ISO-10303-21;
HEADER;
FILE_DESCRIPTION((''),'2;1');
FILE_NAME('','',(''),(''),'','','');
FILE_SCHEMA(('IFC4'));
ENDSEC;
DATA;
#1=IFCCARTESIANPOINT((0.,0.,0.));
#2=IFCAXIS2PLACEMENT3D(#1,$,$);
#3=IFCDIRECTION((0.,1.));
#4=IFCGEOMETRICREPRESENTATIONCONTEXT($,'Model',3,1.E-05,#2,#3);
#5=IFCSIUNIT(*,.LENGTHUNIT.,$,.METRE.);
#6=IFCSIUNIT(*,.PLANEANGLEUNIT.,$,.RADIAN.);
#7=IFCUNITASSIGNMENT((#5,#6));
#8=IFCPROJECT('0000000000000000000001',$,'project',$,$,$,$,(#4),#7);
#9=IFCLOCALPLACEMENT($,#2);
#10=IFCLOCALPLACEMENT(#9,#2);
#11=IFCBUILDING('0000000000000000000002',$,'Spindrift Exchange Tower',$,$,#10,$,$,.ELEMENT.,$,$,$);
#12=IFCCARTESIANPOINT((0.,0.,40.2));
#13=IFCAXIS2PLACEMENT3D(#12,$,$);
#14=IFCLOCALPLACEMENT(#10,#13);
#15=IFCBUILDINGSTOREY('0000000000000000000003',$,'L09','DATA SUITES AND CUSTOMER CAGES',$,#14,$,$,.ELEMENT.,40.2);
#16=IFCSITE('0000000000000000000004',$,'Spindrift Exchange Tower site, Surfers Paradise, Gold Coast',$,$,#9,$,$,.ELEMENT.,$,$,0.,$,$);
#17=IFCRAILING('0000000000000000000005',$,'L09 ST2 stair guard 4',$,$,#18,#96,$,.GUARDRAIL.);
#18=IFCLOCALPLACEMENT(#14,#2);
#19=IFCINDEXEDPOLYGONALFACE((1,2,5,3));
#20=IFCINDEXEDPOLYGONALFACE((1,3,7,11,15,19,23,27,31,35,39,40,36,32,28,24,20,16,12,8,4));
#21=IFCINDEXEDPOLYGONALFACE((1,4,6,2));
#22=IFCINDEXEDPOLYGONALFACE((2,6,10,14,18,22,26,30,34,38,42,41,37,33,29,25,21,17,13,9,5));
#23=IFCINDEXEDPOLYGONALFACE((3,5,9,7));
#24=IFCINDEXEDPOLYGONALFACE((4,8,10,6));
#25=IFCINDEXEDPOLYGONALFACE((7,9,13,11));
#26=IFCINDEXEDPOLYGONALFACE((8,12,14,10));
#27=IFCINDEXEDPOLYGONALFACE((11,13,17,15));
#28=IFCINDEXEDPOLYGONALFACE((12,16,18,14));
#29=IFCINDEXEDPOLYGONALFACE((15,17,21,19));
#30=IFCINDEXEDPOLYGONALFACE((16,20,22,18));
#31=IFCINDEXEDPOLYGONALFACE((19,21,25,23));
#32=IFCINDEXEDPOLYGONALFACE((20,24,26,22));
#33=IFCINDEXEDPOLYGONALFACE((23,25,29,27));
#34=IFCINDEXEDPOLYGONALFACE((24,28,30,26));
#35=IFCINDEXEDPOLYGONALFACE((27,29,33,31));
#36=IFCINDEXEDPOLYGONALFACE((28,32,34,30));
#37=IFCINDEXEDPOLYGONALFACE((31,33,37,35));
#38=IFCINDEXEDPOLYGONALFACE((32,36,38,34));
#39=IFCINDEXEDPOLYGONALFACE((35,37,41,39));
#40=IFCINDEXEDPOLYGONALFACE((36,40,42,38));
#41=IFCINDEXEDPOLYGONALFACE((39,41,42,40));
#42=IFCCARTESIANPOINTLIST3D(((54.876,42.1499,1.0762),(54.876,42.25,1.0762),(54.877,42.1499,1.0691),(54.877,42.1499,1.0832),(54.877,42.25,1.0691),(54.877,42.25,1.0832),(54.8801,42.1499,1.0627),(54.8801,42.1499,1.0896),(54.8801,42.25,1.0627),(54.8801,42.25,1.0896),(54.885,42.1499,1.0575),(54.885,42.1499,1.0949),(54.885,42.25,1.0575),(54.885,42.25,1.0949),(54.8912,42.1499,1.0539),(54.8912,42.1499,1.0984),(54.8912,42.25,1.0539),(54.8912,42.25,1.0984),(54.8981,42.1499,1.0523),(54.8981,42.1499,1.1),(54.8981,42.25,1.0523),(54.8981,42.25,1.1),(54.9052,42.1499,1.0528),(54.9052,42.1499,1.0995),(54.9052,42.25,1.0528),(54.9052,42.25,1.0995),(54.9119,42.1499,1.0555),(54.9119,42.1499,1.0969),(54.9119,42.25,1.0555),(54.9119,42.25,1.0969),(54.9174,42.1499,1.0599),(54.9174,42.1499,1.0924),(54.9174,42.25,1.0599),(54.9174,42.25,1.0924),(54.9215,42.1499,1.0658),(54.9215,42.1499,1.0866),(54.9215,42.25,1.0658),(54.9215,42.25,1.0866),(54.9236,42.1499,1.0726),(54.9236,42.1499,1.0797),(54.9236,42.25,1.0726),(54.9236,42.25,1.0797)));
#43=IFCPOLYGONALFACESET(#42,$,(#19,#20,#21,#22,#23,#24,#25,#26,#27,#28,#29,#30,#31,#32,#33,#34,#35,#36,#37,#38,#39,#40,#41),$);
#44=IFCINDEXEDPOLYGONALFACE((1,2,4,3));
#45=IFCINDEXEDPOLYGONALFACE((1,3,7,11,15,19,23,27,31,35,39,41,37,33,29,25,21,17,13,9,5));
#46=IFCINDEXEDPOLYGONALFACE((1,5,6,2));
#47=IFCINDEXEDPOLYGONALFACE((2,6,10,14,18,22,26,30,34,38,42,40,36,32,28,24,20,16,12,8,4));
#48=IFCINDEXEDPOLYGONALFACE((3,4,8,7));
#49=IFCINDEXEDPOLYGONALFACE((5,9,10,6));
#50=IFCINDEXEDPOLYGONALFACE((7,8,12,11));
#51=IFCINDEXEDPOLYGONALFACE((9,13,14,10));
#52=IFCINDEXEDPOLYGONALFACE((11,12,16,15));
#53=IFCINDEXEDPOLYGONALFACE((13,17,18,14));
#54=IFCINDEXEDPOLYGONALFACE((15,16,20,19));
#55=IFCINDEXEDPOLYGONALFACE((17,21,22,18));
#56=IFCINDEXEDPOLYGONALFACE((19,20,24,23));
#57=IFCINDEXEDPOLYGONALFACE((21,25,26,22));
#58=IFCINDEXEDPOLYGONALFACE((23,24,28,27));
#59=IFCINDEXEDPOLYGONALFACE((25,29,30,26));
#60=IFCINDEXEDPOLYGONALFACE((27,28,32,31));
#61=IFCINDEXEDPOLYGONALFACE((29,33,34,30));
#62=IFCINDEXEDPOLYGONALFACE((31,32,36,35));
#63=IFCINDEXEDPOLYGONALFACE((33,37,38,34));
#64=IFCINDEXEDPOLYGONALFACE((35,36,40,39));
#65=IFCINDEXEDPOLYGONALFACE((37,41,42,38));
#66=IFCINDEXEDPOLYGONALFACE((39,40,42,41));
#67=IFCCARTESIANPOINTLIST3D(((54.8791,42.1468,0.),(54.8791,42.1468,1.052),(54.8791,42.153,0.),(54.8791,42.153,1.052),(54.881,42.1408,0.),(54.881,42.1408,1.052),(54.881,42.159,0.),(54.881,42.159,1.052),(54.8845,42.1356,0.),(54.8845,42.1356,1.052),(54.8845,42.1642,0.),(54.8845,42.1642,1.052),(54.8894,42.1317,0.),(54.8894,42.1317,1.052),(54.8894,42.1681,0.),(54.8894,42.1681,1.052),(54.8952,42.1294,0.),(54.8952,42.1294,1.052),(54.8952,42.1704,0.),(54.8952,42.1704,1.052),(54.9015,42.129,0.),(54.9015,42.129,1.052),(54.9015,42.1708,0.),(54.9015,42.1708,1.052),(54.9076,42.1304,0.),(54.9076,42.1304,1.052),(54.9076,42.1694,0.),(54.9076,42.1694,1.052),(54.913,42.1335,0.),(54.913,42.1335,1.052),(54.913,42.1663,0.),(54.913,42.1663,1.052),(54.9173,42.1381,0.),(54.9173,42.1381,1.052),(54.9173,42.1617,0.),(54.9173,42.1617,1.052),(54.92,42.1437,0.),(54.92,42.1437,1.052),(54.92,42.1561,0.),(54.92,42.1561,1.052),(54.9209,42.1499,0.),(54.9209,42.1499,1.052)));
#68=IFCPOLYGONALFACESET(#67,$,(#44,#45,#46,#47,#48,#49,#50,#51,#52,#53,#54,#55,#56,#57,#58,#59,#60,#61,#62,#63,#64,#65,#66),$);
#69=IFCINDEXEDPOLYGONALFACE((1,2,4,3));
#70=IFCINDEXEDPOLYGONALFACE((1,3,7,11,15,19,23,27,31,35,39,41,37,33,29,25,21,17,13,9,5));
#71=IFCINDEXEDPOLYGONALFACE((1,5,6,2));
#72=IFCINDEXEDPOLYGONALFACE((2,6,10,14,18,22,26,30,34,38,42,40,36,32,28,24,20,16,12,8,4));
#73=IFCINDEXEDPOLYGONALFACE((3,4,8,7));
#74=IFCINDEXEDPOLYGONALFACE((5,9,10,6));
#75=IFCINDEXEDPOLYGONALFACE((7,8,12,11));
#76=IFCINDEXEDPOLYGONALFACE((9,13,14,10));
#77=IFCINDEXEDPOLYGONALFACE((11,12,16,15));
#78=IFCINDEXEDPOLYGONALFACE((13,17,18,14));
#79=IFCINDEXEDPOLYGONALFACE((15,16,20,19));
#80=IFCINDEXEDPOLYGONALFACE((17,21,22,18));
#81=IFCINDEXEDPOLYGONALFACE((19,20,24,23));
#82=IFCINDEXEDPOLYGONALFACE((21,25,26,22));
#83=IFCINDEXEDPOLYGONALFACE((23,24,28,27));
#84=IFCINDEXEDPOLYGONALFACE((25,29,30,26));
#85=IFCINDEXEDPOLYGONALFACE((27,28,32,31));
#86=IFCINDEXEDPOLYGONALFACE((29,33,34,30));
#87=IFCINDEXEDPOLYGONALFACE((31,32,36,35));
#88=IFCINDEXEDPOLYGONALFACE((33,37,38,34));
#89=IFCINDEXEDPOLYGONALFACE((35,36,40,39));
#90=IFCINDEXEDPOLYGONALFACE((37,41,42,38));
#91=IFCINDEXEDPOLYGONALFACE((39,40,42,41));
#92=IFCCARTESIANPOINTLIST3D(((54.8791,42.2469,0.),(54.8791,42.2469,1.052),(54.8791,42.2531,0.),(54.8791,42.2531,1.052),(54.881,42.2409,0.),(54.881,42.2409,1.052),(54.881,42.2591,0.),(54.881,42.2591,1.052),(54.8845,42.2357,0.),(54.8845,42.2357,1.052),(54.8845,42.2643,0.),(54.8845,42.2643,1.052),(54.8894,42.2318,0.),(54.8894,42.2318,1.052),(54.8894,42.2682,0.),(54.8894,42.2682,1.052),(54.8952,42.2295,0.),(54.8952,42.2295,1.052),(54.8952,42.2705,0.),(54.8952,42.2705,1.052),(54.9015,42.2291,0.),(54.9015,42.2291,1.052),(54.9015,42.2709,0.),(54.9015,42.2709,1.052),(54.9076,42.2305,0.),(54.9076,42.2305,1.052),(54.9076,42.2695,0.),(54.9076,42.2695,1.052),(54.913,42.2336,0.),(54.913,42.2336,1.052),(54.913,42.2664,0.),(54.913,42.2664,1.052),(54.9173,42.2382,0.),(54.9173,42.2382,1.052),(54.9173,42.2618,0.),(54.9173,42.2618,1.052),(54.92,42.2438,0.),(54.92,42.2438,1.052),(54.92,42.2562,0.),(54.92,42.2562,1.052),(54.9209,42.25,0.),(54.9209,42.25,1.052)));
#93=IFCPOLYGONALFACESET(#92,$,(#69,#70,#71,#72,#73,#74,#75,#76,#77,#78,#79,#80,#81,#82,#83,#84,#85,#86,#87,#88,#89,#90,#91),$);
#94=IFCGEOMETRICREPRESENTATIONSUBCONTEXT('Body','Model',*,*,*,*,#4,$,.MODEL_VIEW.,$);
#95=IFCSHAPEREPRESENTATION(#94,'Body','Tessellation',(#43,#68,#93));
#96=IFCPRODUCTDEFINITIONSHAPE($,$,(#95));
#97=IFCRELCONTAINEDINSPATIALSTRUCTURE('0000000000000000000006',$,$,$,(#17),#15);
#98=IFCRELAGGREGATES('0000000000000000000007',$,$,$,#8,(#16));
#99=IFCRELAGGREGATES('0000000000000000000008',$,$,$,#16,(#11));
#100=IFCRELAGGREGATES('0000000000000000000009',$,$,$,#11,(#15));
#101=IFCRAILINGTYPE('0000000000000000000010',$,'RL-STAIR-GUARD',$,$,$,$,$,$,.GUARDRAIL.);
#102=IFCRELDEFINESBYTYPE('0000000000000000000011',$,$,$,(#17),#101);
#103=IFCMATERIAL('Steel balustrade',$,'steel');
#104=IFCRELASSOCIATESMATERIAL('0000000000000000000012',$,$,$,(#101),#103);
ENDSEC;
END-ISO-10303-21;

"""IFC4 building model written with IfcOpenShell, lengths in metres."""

from ifc_helpers import new_model, si_unit, direction, frame, origin, origin_2d, place, context, subcontext, project, spatial, circle, extrude, material, type_object, element, save


model = new_model("IFC4")

# Units and contexts
model_context = context("Model", 3, precision=1e-05, world=origin(), true_north=direction((0.0, 1.0)))
body_context = subcontext(model_context, "Body", "Model", "MODEL_VIEW")
ifc_project = project(units=[si_unit("LENGTHUNIT", "METRE"), si_unit("PLANEANGLEUNIT", "RADIAN")], contexts=[model_context])

# Site, building, storey
site_placement = place(None, origin())
site = spatial("IfcSite", under=ifc_project, at=site_placement, Name="Spindrift Exchange Tower site, Surfers Paradise, Gold Coast", CompositionType="ELEMENT", RefElevation=0.0)
building_placement = place(site_placement, origin())
building = spatial("IfcBuilding", under=site, at=building_placement, Name="Spindrift Exchange Tower", CompositionType="ELEMENT")
storey_placement = place(building_placement, frame((0.0, 0.0, 40.2)))
storey = spatial("IfcBuildingStorey", under=building, at=storey_placement, Name="L09", Description="DATA SUITES AND CUSTOMER CAGES", CompositionType="ELEMENT", Elevation=40.2)

# Railing
ifc_material_1 = material(Name="Steel balustrade", Category="steel")
railing_type_1 = type_object("IfcRailingType", Name="RL-STAIR-GUARD", PredefinedType="GUARDRAIL", material=ifc_material_1)
railing_1_placement = place(storey_placement, frame((54.8999, 42.1499, 0.0)))
element("IfcRailing", 1, at=railing_1_placement, inside=storey, type_object=railing_type_1, Name="L09 ST2 stair guard 4", PredefinedType="GUARDRAIL", context=body_context, shape_type="SweptSolid", body=[
    extrude(circle(Radius=0.0239, at=origin_2d()), frame((0.0, 0.0, 1.0762), z_axis=(0.0, 1.0, 0.0), x_axis=(-1.0, 0.0, 0.0)), (0.0, 0.0, 1.0), 0.1001),
    extrude(circle(Radius=0.021, at=origin_2d()), origin(), (0.0, 0.0, 1.0), 1.052),
    extrude(circle(Radius=0.021, at=origin_2d()), frame((0.0, 0.1001, 0.0)), (0.0, 0.0, 1.0), 1.052),
])

save(model, "model.ifc")
